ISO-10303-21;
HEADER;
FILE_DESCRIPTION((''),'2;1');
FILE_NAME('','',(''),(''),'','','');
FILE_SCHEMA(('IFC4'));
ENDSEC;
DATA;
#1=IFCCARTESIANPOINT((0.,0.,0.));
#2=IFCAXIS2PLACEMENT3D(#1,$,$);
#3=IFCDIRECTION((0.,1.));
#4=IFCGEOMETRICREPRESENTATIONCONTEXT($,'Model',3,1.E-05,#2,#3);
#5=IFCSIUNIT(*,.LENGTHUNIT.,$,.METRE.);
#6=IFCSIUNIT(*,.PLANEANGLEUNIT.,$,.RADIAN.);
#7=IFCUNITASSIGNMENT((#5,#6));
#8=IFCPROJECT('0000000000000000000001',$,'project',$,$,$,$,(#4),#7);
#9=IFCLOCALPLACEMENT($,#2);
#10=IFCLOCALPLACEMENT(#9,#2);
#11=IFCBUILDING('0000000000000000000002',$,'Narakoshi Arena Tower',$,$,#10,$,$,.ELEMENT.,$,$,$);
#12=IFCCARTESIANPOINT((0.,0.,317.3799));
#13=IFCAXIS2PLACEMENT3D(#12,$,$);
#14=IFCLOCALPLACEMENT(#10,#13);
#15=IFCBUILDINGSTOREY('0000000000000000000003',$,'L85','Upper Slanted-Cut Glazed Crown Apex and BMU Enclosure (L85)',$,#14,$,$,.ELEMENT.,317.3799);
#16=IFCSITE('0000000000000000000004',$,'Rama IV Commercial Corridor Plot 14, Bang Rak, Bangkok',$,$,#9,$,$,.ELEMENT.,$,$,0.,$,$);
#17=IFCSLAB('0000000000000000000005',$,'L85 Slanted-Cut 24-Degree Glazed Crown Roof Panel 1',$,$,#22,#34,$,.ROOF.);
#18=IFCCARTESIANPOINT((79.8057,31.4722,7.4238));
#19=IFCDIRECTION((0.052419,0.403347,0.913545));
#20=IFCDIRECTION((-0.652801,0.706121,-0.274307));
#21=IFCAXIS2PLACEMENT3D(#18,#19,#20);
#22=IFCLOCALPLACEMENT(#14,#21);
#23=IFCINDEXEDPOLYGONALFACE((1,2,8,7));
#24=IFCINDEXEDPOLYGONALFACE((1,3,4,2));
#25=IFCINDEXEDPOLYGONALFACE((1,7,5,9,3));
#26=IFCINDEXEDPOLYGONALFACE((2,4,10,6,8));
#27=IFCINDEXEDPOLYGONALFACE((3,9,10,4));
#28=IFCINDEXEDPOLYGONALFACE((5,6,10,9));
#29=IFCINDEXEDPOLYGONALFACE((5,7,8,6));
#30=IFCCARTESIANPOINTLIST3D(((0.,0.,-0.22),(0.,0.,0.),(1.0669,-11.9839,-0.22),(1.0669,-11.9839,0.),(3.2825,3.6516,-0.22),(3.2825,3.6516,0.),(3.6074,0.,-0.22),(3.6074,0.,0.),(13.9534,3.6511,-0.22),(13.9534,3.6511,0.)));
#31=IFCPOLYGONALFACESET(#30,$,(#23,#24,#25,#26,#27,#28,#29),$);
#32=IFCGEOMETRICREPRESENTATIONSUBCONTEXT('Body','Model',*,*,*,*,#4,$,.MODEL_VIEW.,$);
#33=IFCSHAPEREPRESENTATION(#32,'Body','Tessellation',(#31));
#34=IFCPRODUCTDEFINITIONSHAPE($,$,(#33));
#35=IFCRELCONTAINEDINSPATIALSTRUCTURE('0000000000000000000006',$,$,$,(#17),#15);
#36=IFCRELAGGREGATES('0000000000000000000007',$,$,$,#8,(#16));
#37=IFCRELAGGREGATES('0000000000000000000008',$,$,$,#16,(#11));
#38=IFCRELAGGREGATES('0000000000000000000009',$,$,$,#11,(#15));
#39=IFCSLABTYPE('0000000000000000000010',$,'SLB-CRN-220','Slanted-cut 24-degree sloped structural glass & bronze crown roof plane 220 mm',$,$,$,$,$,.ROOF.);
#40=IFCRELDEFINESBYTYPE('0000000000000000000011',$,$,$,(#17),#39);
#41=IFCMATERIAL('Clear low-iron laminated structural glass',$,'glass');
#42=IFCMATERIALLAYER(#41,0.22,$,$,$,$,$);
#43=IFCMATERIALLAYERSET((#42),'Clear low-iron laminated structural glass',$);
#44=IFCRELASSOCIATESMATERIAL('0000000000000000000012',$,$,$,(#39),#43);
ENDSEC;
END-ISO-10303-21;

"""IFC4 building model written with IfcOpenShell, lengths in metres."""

from ifc_helpers import new_model, si_unit, direction, frame, origin, place, context, subcontext, project, spatial, polyline, outline, extrude, material, layer, layer_set, type_object, element, save


model = new_model("IFC4")

# Units and contexts
model_context = context("Model", 3, precision=1e-05, world=origin(), true_north=direction((0.0, 1.0)))
body_context = subcontext(model_context, "Body", "Model", "MODEL_VIEW")
ifc_project = project(units=[si_unit("LENGTHUNIT", "METRE"), si_unit("PLANEANGLEUNIT", "RADIAN")], contexts=[model_context])

# Site, building, storey
site_placement = place(None, origin())
site = spatial("IfcSite", under=ifc_project, at=site_placement, Name="Rama IV Commercial Corridor Plot 14, Bang Rak, Bangkok", CompositionType="ELEMENT", RefElevation=0.0)
building_placement = place(site_placement, origin())
building = spatial("IfcBuilding", under=site, at=building_placement, Name="Narakoshi Arena Tower", CompositionType="ELEMENT")
storey_placement = place(building_placement, frame((0.0, 0.0, 317.3799)))
storey = spatial("IfcBuildingStorey", under=building, at=storey_placement, Name="L85", Description="Upper Slanted-Cut Glazed Crown Apex and BMU Enclosure (L85)", CompositionType="ELEMENT", Elevation=317.3799)

# Slab
ifc_material_1 = material(Name="Clear low-iron laminated structural glass", Category="glass")
ifc_layer_1 = layer(ifc_material_1, 0.22)
ifc_layer_set_1 = layer_set([ifc_layer_1], Name="Clear low-iron laminated structural glass")
slab_type = type_object("IfcSlabType", Name="SLB-CRN-220", Description="Slanted-cut 24-degree sloped structural glass & bronze crown roof plane 220 mm", PredefinedType="ROOF", material=ifc_layer_set_1)
slab_placement = place(storey_placement, frame((79.8057, 31.4722, 7.4238), z_axis=(0.052419, 0.403347, 0.913545), x_axis=(-0.652801, 0.706121, -0.274307)))
element("IfcSlab", 1, at=slab_placement, inside=storey, type_object=slab_type, Name="L85 Slanted-Cut 24-Degree Glazed Crown Roof Panel 1", PredefinedType="ROOF", context=body_context, shape_type="SweptSolid", body=[
    extrude(outline(polyline([(0.0, 0.0), (3.6074, 0.0), (3.2825, 3.6516), (13.9534, 3.6511), (1.0669, -11.9839), (0.0, 0.0)])), origin(), (0.0, 0.0, -1.0), 0.22),
])

save(model, "model.ifc")
